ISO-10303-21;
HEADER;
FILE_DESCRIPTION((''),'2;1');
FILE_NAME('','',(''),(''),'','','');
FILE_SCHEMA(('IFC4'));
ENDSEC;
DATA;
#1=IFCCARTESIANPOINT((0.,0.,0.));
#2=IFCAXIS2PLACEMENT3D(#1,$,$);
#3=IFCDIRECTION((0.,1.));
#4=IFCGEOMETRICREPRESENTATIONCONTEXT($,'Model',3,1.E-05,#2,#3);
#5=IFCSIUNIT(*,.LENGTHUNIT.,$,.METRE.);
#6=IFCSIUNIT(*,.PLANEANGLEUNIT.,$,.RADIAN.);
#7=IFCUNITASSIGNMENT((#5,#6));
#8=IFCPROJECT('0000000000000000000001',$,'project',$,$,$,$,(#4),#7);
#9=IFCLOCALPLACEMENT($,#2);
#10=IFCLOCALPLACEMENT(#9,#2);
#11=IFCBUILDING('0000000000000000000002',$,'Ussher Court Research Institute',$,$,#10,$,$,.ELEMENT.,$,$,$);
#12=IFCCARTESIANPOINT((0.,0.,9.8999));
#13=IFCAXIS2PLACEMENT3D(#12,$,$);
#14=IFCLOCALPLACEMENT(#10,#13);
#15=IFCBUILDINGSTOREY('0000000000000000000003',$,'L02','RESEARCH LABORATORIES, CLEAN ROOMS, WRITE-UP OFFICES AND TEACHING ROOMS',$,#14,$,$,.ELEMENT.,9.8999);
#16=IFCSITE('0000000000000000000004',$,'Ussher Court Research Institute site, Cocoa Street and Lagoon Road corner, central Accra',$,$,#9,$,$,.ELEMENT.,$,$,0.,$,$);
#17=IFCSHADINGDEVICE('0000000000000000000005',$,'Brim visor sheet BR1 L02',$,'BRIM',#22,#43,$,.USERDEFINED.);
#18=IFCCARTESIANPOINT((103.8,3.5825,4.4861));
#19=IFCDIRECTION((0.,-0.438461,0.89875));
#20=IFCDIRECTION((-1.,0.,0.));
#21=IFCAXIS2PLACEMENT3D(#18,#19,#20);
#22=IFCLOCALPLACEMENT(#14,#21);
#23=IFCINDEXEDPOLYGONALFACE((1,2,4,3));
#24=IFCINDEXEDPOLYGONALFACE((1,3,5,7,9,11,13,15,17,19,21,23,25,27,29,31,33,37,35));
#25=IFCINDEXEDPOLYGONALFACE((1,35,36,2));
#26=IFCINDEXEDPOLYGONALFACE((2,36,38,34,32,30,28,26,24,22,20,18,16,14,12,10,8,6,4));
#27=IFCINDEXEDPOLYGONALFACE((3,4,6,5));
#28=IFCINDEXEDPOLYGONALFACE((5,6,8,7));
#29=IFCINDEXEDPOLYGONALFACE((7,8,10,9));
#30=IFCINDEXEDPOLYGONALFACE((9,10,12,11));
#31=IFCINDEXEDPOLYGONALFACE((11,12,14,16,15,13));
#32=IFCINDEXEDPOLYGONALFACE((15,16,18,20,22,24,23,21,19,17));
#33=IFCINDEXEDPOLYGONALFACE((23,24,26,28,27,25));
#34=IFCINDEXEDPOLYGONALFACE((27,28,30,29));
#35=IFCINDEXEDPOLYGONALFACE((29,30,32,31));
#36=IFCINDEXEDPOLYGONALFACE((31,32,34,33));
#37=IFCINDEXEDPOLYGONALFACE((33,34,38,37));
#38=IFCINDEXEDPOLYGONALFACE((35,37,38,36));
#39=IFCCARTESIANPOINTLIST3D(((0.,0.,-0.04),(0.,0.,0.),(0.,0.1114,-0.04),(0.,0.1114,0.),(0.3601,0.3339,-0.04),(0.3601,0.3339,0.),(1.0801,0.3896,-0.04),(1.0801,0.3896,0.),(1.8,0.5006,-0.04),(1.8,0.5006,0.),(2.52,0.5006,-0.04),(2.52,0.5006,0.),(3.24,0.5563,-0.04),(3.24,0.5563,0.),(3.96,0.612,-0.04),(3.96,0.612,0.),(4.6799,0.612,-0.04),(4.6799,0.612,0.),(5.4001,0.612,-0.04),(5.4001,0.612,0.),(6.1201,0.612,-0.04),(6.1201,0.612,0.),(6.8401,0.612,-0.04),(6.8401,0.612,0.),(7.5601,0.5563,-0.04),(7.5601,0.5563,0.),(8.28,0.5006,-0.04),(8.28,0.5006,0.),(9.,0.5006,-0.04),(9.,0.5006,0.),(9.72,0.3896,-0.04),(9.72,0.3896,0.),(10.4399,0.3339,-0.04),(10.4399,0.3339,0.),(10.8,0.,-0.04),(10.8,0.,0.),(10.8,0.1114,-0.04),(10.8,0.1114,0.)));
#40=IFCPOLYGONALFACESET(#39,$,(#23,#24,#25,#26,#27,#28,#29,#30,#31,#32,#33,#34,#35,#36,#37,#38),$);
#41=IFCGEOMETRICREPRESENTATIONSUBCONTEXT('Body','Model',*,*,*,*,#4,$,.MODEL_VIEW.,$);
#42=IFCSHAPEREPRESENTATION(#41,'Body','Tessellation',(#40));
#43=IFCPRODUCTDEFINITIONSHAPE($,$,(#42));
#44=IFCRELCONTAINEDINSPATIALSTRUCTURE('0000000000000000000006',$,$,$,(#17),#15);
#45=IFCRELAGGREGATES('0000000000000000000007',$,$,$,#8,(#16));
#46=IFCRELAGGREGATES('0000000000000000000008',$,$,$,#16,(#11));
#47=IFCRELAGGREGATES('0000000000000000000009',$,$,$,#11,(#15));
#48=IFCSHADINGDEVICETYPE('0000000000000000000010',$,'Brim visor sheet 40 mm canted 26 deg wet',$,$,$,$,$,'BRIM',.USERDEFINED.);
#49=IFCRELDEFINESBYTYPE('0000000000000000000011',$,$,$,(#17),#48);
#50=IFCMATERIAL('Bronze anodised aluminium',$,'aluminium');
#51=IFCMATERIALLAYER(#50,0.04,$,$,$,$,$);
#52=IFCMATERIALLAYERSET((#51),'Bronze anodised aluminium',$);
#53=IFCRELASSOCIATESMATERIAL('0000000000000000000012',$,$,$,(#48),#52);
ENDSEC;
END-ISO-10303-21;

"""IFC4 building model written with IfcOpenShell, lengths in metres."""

from ifc_helpers import new_model, si_unit, direction, frame, origin, place, context, subcontext, project, spatial, polyline, outline, extrude, material, layer, layer_set, type_object, element, save


model = new_model("IFC4")

# Units and contexts
model_context = context("Model", 3, precision=1e-05, world=origin(), true_north=direction((0.0, 1.0)))
body_context = subcontext(model_context, "Body", "Model", "MODEL_VIEW")
ifc_project = project(units=[si_unit("LENGTHUNIT", "METRE"), si_unit("PLANEANGLEUNIT", "RADIAN")], contexts=[model_context])

# Site, building, storey
site_placement = place(None, origin())
site = spatial("IfcSite", under=ifc_project, at=site_placement, Name="Ussher Court Research Institute site, Cocoa Street and Lagoon Road corner, central Accra", CompositionType="ELEMENT", RefElevation=0.0)
building_placement = place(site_placement, origin())
building = spatial("IfcBuilding", under=site, at=building_placement, Name="Ussher Court Research Institute", CompositionType="ELEMENT")
storey_placement = place(building_placement, frame((0.0, 0.0, 9.8999)))
storey = spatial("IfcBuildingStorey", under=building, at=storey_placement, Name="L02", Description="RESEARCH LABORATORIES, CLEAN ROOMS, WRITE-UP OFFICES AND TEACHING ROOMS", CompositionType="ELEMENT", Elevation=9.8999)

# Shading device
ifc_material_1 = material(Name="Bronze anodised aluminium", Category="aluminium")
ifc_layer_1 = layer(ifc_material_1, 0.04)
ifc_layer_set_1 = layer_set([ifc_layer_1], Name="Bronze anodised aluminium")
shading_device_type_1 = type_object("IfcShadingDeviceType", Name="Brim visor sheet 40 mm canted 26 deg wet", ElementType="BRIM", PredefinedType="USERDEFINED", material=ifc_layer_set_1)
shading_device_1_placement = place(storey_placement, frame((103.8, 3.5825, 4.4861), z_axis=(0.0, -0.438461, 0.89875), x_axis=(-1.0, 0.0, 0.0)))
element("IfcShadingDevice", 1, at=shading_device_1_placement, inside=storey, type_object=shading_device_type_1, Name="Brim visor sheet BR1 L02", ObjectType="BRIM", PredefinedType="USERDEFINED", context=body_context, shape_type="SweptSolid", body=[
    extrude(outline(polyline([(0.0, 0.0), (10.8, 0.0), (10.8, 0.1114), (10.4399, 0.3339), (9.72, 0.3896), (9.0, 0.5006), (8.28, 0.5006), (7.5601, 0.5563), (6.8401, 0.612), (6.1201, 0.612), (5.4001, 0.612), (4.6799, 0.612), (3.96, 0.612), (3.24, 0.5563), (2.52, 0.5006), (1.8, 0.5006), (1.0801, 0.3896), (0.3601, 0.3339), (0.0, 0.1114), (0.0, 0.0)])), origin(), (0.0, 0.0, -1.0), 0.04),
])

save(model, "model.ifc")
